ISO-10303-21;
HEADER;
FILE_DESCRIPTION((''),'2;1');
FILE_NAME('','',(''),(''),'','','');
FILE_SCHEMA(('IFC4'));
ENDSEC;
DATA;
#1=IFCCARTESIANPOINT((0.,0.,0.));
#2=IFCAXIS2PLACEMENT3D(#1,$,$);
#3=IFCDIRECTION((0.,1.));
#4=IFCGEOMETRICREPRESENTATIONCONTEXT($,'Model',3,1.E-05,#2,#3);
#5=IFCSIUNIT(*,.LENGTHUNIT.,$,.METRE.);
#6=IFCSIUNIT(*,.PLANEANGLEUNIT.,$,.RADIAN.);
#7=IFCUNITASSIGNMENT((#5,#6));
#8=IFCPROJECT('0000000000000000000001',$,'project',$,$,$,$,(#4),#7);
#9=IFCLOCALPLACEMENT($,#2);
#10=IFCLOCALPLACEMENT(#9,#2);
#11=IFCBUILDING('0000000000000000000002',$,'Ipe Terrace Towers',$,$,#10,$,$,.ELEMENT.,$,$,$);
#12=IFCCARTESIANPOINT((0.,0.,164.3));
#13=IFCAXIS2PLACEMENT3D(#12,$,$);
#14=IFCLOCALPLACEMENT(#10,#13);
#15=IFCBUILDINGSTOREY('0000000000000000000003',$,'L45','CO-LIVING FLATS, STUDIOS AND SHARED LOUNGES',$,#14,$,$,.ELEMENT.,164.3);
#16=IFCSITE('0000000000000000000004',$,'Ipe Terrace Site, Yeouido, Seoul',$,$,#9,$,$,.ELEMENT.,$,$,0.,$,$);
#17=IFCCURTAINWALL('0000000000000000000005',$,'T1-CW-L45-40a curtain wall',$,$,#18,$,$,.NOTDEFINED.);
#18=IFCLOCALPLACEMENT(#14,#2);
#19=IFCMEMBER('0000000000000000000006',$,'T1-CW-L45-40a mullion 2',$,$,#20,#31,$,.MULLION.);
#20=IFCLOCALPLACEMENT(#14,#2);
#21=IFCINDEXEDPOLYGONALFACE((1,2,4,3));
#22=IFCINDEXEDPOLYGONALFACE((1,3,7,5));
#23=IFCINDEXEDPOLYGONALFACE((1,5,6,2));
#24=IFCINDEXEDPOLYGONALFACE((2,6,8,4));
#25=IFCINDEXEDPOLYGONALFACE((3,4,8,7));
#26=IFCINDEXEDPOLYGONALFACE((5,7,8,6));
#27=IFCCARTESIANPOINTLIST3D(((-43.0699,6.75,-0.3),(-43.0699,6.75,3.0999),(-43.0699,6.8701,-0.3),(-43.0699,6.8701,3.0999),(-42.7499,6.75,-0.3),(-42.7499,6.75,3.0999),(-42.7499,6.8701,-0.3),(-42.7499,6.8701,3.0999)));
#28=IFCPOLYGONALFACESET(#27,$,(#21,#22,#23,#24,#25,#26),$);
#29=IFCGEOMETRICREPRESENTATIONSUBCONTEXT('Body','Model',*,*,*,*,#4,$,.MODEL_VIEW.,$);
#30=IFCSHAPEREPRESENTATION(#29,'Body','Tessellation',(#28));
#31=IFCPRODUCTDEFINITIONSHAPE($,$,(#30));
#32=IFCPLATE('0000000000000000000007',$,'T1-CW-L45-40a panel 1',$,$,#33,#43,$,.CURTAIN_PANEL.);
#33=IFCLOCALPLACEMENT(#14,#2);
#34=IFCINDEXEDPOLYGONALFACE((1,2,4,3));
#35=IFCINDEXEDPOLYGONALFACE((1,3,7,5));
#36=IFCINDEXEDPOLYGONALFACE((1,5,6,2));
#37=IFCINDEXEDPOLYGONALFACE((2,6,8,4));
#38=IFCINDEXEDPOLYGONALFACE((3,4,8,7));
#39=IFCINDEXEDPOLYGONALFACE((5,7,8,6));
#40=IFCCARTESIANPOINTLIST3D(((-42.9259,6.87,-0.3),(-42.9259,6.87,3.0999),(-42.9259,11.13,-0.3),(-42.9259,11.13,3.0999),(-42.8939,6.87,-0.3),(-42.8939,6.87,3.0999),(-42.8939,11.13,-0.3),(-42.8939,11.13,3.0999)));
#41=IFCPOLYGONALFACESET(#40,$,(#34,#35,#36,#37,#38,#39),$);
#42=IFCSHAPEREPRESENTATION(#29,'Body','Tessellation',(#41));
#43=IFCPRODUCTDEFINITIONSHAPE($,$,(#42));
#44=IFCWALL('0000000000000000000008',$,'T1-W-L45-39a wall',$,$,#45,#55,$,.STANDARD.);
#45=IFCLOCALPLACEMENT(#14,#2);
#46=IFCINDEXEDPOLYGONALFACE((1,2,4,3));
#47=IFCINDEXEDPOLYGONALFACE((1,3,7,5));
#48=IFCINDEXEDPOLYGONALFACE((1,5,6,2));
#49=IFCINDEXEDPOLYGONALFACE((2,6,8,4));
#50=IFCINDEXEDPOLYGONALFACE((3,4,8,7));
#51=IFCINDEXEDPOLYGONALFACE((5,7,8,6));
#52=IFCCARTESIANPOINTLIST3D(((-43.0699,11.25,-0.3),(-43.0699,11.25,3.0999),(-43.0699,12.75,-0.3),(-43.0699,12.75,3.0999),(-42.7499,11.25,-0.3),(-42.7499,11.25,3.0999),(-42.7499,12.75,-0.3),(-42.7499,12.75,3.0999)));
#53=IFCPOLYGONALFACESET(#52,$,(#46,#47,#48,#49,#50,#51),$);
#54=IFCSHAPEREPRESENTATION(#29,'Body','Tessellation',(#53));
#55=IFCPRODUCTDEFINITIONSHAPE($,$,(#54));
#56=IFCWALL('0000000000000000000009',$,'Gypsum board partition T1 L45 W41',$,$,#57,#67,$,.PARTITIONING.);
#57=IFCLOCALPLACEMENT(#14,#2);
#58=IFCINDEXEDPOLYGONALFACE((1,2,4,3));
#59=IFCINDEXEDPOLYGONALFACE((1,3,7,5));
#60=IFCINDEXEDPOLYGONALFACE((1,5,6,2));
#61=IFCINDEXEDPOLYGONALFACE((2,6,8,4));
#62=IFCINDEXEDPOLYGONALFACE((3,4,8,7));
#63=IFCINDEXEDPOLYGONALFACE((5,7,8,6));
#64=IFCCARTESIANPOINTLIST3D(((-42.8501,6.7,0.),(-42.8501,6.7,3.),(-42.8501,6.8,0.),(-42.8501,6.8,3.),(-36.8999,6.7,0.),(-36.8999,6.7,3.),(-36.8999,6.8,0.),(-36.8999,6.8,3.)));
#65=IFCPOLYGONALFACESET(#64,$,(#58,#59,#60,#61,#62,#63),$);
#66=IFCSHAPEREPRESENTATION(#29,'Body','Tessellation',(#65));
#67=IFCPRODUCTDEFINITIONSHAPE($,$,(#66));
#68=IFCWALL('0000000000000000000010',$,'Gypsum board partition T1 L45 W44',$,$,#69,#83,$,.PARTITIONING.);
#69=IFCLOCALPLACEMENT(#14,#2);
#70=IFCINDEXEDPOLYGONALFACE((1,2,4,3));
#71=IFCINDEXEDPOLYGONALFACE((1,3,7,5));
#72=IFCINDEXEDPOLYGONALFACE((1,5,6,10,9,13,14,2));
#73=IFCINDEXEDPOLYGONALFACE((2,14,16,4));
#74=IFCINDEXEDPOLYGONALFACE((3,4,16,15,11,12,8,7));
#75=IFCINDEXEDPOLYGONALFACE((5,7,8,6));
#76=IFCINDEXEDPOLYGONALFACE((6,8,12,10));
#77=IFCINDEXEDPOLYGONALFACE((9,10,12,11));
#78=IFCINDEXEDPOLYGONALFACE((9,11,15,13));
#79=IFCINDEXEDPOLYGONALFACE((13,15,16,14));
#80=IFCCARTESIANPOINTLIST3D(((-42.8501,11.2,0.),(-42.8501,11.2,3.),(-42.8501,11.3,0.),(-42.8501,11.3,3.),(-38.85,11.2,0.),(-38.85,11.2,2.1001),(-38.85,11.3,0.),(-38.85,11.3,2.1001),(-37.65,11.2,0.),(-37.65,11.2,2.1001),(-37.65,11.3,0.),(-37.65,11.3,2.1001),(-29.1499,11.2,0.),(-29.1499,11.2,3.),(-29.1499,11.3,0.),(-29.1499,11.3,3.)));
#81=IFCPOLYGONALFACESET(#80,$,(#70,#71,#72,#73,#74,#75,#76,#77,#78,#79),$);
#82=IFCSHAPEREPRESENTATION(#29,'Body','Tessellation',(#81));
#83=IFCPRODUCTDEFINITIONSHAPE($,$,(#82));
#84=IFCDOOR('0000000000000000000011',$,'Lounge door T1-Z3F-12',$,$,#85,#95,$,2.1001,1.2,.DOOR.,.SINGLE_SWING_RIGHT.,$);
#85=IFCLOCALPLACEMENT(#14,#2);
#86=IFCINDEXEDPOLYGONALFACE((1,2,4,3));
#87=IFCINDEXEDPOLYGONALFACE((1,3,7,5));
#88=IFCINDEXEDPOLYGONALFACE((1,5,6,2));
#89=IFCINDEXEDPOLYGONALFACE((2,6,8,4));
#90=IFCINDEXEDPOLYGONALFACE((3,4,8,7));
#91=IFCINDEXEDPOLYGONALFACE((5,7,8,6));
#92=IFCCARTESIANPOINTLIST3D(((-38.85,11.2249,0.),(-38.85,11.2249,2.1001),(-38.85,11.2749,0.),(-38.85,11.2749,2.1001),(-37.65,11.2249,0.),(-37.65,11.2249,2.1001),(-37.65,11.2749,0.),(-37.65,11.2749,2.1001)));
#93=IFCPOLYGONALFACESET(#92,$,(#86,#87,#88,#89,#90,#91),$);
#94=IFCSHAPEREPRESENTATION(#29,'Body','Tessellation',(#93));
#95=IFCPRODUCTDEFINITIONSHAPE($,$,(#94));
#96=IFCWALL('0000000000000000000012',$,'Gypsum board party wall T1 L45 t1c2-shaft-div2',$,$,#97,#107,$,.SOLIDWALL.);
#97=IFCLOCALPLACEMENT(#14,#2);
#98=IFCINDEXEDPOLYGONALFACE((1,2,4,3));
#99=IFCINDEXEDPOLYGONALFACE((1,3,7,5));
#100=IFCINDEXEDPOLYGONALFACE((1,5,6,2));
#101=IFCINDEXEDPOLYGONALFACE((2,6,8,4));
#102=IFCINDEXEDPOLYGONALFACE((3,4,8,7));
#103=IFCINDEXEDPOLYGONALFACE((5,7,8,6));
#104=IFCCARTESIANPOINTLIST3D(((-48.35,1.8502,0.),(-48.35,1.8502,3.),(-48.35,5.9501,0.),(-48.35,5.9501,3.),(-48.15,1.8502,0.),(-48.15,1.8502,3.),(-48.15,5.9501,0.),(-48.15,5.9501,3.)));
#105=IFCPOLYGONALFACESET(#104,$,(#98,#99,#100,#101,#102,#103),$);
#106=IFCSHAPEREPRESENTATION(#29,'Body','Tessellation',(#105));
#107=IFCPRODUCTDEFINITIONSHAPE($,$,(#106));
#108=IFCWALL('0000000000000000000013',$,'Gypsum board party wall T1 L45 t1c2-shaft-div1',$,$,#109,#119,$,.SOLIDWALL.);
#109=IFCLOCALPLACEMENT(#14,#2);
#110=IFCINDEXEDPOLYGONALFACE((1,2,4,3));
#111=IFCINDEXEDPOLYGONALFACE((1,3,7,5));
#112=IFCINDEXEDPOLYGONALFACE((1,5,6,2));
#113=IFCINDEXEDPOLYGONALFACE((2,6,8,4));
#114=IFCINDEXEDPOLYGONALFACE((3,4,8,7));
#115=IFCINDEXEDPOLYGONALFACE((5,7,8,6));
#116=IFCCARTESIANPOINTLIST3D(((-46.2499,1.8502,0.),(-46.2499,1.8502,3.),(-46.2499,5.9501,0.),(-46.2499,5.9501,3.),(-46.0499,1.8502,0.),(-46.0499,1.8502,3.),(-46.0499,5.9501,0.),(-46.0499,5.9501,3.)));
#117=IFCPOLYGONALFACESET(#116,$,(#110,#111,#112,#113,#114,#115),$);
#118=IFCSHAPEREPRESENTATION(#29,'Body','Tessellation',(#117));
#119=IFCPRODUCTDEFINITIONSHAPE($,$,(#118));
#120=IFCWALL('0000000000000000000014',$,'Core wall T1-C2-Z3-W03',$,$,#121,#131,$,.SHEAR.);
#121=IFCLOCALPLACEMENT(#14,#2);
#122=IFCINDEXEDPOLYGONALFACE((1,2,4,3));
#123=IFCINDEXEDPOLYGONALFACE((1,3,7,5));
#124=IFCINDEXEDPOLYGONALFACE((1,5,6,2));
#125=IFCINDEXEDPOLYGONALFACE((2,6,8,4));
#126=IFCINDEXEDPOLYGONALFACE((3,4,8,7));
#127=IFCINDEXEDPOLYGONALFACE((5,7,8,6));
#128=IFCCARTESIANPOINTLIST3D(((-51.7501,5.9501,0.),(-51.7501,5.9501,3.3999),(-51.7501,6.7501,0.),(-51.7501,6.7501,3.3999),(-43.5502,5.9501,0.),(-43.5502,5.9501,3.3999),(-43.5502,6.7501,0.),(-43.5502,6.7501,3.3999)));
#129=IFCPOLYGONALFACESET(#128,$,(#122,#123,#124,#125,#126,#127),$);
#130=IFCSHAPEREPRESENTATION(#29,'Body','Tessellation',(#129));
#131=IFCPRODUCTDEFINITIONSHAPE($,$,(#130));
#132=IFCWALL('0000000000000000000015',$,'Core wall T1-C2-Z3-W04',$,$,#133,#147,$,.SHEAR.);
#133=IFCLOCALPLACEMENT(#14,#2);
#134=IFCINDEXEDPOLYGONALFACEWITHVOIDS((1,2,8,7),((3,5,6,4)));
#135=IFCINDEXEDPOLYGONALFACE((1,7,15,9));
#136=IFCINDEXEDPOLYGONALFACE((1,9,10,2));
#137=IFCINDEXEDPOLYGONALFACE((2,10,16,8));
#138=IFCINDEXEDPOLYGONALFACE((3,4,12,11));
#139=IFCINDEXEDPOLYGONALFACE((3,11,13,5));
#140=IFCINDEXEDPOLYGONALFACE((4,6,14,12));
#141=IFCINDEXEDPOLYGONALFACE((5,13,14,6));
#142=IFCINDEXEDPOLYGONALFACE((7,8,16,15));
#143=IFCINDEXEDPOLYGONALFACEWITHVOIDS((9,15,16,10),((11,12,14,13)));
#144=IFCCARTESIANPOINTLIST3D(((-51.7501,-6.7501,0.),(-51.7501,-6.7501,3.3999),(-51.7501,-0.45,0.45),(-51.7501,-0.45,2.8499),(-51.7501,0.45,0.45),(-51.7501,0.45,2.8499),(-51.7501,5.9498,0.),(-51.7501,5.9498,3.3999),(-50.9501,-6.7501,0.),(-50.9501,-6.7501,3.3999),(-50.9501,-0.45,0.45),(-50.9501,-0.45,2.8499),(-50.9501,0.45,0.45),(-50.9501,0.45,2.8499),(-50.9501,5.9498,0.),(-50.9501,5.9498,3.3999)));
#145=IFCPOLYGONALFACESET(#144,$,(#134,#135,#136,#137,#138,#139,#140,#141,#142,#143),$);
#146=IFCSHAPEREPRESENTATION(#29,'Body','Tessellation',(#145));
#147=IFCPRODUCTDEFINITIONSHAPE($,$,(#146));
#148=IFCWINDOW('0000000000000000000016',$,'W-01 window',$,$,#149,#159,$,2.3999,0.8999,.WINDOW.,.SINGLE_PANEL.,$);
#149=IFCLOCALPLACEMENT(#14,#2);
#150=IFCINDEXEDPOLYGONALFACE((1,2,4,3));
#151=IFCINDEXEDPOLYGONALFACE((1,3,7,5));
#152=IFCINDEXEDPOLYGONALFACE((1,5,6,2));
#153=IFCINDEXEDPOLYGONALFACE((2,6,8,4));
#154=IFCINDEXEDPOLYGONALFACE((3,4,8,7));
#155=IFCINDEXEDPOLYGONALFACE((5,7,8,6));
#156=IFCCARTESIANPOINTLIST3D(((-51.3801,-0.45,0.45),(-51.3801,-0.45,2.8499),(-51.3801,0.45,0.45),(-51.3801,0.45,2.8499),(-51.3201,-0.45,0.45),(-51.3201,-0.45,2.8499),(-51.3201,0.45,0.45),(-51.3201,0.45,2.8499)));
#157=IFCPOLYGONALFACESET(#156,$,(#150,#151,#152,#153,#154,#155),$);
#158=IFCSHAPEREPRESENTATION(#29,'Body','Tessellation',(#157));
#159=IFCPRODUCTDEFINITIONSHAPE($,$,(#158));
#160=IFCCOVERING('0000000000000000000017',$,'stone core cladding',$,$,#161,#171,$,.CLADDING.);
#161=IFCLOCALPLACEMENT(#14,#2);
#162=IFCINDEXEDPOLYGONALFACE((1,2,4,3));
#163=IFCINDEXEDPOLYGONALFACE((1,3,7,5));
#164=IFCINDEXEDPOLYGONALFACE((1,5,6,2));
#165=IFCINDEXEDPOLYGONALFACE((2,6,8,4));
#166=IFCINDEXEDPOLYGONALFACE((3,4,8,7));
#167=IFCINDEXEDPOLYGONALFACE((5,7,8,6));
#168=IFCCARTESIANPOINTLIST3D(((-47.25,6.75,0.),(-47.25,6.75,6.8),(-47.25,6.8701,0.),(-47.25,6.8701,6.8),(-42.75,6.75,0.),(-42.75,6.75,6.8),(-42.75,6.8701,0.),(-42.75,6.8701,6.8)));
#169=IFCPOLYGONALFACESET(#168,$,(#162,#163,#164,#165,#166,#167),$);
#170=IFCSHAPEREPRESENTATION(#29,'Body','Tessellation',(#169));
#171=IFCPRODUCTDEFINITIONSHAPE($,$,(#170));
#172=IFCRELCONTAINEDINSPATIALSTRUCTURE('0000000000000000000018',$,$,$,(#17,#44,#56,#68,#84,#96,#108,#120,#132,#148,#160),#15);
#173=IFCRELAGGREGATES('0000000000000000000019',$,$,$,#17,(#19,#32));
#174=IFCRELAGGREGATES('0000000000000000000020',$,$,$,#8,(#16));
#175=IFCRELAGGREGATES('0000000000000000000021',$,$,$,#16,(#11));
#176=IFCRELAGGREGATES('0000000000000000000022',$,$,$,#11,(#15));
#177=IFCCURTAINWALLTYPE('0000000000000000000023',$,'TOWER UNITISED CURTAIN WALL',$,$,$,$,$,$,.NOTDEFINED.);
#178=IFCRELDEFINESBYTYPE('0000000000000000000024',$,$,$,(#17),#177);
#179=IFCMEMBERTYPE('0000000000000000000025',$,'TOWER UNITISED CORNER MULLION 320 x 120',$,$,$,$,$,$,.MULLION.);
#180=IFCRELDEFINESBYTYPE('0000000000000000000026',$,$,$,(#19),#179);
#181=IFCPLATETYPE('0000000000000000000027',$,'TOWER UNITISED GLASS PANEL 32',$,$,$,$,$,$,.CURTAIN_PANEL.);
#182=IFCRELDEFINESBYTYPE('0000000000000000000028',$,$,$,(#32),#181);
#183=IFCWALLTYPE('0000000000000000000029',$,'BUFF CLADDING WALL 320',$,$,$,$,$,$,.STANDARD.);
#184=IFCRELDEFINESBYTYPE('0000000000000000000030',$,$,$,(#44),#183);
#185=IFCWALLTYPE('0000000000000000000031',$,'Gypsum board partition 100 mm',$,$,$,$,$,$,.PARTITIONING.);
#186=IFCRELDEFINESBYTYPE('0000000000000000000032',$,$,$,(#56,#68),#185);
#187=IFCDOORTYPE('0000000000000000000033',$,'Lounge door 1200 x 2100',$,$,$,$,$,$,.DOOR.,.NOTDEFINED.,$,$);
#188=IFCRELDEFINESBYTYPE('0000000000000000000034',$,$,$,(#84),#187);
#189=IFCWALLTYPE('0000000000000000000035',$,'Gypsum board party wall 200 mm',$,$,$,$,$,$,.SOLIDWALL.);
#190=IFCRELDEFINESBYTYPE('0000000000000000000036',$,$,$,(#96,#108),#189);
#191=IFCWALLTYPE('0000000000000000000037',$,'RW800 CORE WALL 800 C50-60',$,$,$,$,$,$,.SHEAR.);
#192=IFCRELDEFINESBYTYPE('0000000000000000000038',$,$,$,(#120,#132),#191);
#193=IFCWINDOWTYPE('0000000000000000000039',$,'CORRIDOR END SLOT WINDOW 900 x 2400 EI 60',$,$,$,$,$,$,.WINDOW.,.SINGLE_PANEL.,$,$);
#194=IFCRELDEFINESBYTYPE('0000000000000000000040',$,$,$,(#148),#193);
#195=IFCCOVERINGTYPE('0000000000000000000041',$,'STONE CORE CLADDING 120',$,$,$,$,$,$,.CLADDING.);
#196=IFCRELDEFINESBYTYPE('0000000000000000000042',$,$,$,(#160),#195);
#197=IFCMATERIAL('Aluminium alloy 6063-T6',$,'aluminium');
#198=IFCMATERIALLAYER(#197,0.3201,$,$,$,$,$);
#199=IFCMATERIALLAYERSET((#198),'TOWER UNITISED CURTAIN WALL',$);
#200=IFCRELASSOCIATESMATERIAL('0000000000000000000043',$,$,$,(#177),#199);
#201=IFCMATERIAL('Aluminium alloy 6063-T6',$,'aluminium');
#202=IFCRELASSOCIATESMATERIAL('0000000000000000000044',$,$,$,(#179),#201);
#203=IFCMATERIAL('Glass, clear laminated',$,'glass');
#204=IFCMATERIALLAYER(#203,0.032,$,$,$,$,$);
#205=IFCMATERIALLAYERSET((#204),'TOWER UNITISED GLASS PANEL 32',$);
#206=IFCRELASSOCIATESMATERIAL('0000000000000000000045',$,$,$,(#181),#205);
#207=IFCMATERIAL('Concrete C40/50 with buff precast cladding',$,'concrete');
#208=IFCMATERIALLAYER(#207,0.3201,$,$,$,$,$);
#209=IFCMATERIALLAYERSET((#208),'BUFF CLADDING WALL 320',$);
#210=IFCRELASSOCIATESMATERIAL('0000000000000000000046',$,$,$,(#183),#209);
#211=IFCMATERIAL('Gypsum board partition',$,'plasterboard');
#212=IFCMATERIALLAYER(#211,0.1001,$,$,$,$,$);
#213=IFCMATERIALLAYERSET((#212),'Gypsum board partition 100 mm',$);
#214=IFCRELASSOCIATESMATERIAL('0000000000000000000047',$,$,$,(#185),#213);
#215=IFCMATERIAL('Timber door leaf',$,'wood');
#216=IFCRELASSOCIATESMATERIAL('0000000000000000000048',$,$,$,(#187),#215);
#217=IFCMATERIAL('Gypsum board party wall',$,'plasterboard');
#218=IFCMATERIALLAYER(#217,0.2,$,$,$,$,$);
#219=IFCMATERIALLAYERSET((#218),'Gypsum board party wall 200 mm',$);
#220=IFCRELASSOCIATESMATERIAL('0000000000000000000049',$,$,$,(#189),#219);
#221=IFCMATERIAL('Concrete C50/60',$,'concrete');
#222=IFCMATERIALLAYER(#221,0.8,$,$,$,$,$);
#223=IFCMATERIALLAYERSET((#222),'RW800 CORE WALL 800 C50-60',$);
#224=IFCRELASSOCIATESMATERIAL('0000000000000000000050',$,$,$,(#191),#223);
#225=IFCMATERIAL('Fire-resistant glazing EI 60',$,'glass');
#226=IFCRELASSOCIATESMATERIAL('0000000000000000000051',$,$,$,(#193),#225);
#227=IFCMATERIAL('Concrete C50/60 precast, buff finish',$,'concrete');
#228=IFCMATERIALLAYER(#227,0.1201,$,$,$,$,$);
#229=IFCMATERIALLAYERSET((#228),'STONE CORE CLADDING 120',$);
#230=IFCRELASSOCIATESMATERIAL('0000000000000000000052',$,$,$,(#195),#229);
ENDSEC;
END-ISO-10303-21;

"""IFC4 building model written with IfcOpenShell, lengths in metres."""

from ifc_helpers import new_model, si_unit, direction, frame, frame_2d, origin, origin_2d, place, context, subcontext, project, spatial, rectangle, extrude, material, layer, layer_set, material_profile, profile_set, type_object, element, fill, aggregate, save


model = new_model("IFC4")

# Units and contexts
model_context = context("Model", 3, precision=1e-05, world=origin(), true_north=direction((0.0, 1.0)))
body_context = subcontext(model_context, "Body", "Model", "MODEL_VIEW")
ifc_project = project(units=[si_unit("LENGTHUNIT", "METRE"), si_unit("PLANEANGLEUNIT", "RADIAN")], contexts=[model_context])

# Site, building, storey
site_placement = place(None, origin())
site = spatial("IfcSite", under=ifc_project, at=site_placement, Name="Ipe Terrace Site, Yeouido, Seoul", CompositionType="ELEMENT", RefElevation=0.0)
building_placement = place(site_placement, origin())
building = spatial("IfcBuilding", under=site, at=building_placement, Name="Ipe Terrace Towers", CompositionType="ELEMENT")
storey_placement = place(building_placement, frame((0.0, 0.0, 164.3)))
storey = spatial("IfcBuildingStorey", under=building, at=storey_placement, Name="L45", Description="CO-LIVING FLATS, STUDIOS AND SHARED LOUNGES", CompositionType="ELEMENT", Elevation=164.3)

# Curtain wall, member, plate
ifc_material_1 = material(Name="Aluminium alloy 6063-T6", Category="aluminium")
ifc_layer_1 = layer(ifc_material_1, 0.3201)
ifc_layer_set_1 = layer_set([ifc_layer_1], Name="TOWER UNITISED CURTAIN WALL")
curtain_wall_type = type_object("IfcCurtainWallType", Name="TOWER UNITISED CURTAIN WALL", PredefinedType="NOTDEFINED", material=ifc_layer_set_1)
curtain_wall_placement = place(storey_placement, origin())
curtain_wall = element("IfcCurtainWall", 1, at=curtain_wall_placement, inside=storey, type_object=curtain_wall_type, Name="T1-CW-L45-40a curtain wall", PredefinedType="NOTDEFINED")
ifc_material_2 = material(Name="Aluminium alloy 6063-T6", Category="aluminium")
ifc_material_profile_1 = material_profile(ifc_material_2, rectangle(XDim=0.3201, YDim=0.1201, at=origin_2d()), Name="TOWER UNITISED CORNER MULLION 320 x 120")
ifc_profile_set_1 = profile_set([ifc_material_profile_1], Name="Aluminium alloy 6063-T6")
member_type = type_object("IfcMemberType", Name="TOWER UNITISED CORNER MULLION 320 x 120", PredefinedType="MULLION", material=ifc_profile_set_1)
member_1_placement = place(storey_placement, frame((-42.9099, 6.8101, -0.3), z_axis=(0.0, 0.0, 1.0), x_axis=(-1.0, 0.0, 0.0)))
member_1 = element("IfcMember", 2, at=member_1_placement, type_object=member_type, Name="T1-CW-L45-40a mullion 2", PredefinedType="MULLION", context=body_context, shape_type="SweptSolid", body=[
    extrude(rectangle(XDim=0.3201, YDim=0.1201, at=origin_2d()), origin(), (0.0, 0.0, 1.0), 3.3999),
])
ifc_material_3 = material(Name="Glass, clear laminated", Category="glass")
ifc_layer_2 = layer(ifc_material_3, 0.032)
ifc_layer_set_2 = layer_set([ifc_layer_2], Name="TOWER UNITISED GLASS PANEL 32")
plate_type = type_object("IfcPlateType", Name="TOWER UNITISED GLASS PANEL 32", PredefinedType="CURTAIN_PANEL", material=ifc_layer_set_2)
plate_placement = place(storey_placement, frame((-42.9099, 9.0, -0.3), z_axis=(0.0, 0.0, 1.0), x_axis=(0.0, -1.0, 0.0)))
plate = element("IfcPlate", 3, at=plate_placement, type_object=plate_type, Name="T1-CW-L45-40a panel 1", PredefinedType="CURTAIN_PANEL", context=body_context, shape_type="SweptSolid", body=[
    extrude(rectangle(XDim=4.26, YDim=0.032, at=origin_2d()), origin(), (0.0, 0.0, 1.0), 3.3999),
])
aggregate(curtain_wall, [member_1, plate])

# Walls
ifc_material_4 = material(Name="Concrete C40/50 with buff precast cladding", Category="concrete")
ifc_layer_3 = layer(ifc_material_4, 0.3201)
ifc_layer_set_3 = layer_set([ifc_layer_3], Name="BUFF CLADDING WALL 320")
wall_type_1 = type_object("IfcWallType", Name="BUFF CLADDING WALL 320", PredefinedType="STANDARD", material=ifc_layer_set_3)
wall_1_placement = place(storey_placement, frame((-42.9099, 12.75, -0.3), z_axis=(0.0, 0.0, 1.0), x_axis=(0.0, -1.0, 0.0)))
element("IfcWall", 4, at=wall_1_placement, inside=storey, type_object=wall_type_1, Name="T1-W-L45-39a wall", PredefinedType="STANDARD", context=body_context, shape_type="SweptSolid", body=[
    extrude(rectangle(XDim=1.5, YDim=0.3201, at=frame_2d((0.75, 0.0))), origin(), (0.0, 0.0, 1.0), 3.3999),
])
ifc_material_5 = material(Name="Gypsum board partition", Category="plasterboard")
ifc_layer_4 = layer(ifc_material_5, 0.1001)
ifc_layer_set_4 = layer_set([ifc_layer_4], Name="Gypsum board partition 100 mm")
wall_type_2 = type_object("IfcWallType", Name="Gypsum board partition 100 mm", PredefinedType="PARTITIONING", material=ifc_layer_set_4)
wall_2_placement = place(storey_placement, frame((-42.8501, 6.75, 0.0), z_axis=(0.0, 0.0, 1.0), x_axis=(1.0, 0.0, 0.0)))
element("IfcWall", 5, at=wall_2_placement, inside=storey, type_object=wall_type_2, Name="Gypsum board partition T1 L45 W41", PredefinedType="PARTITIONING", context=body_context, shape_type="SweptSolid", body=[
    extrude(rectangle(XDim=5.9502, YDim=0.1001, at=frame_2d((2.9751, 0.0))), origin(), (0.0, 0.0, 1.0), 3.0),
])

# Wall, opening, door
wall_3_placement = place(storey_placement, frame((-42.8501, 11.25, 0.0), z_axis=(0.0, 0.0, 1.0), x_axis=(1.0, 0.0, 0.0)))
wall_3 = element("IfcWall", 6, at=wall_3_placement, inside=storey, type_object=wall_type_2, Name="Gypsum board partition T1 L45 W44", PredefinedType="PARTITIONING", context=body_context, shape_type="SweptSolid", body=[
    extrude(rectangle(XDim=13.7002, YDim=0.1001, at=frame_2d((6.8501, 0.0))), origin(), (0.0, 0.0, 1.0), 3.0),
])
opening_1_placement = place(wall_3_placement, frame((4.0, 0.0, 0.0)))
opening_1 = element("IfcOpeningElement", 7, at=opening_1_placement, cuts=wall_3, PredefinedType="OPENING", context=body_context, shape_type="SweptSolid", body=[
    extrude(rectangle(XDim=1.2, YDim=2.1001, at=frame_2d((0.6001, 1.05))), frame((0.0, 0.0601, 0.0), z_axis=(0.0, -1.0, 0.0), x_axis=(1.0, 0.0, 0.0)), (0.0, 0.0, 1.0), 0.1201),
])
ifc_material_6 = material(Name="Timber door leaf", Category="wood")
door_type = type_object("IfcDoorType", Name="Lounge door 1200 x 2100", OperationType="NOTDEFINED", PredefinedType="DOOR", material=ifc_material_6)
door_placement = place(opening_1_placement, origin())
door = element("IfcDoor", 8, at=door_placement, inside=storey, type_object=door_type, Name="Lounge door T1-Z3F-12", OperationType="SINGLE_SWING_RIGHT", OverallHeight=2.1001, OverallWidth=1.2, PredefinedType="DOOR", context=body_context, shape_type="SweptSolid", body=[
    extrude(rectangle(XDim=1.2, YDim=2.1001, at=frame_2d((0.6001, 1.05))), frame((0.0, 0.0249, 0.0), z_axis=(0.0, -1.0, 0.0), x_axis=(1.0, 0.0, 0.0)), (0.0, 0.0, 1.0), 0.05),
])
fill(opening_1, door)

# Walls
ifc_material_7 = material(Name="Gypsum board party wall", Category="plasterboard")
ifc_layer_5 = layer(ifc_material_7, 0.2)
ifc_layer_set_5 = layer_set([ifc_layer_5], Name="Gypsum board party wall 200 mm")
wall_type_3 = type_object("IfcWallType", Name="Gypsum board party wall 200 mm", PredefinedType="SOLIDWALL", material=ifc_layer_set_5)
for number, where, z_axis, x_axis, name in (
    (9, (-48.25, 5.95, 0.0), (0.0, 0.0, 1.0), (0.0, -1.0, 0.0), "Gypsum board party wall T1 L45 t1c2-shaft-div2"),
    (10, (-46.1499, 5.95, 0.0), (0.0, 0.0, 1.0), (0.0, -1.0, 0.0), "Gypsum board party wall T1 L45 t1c2-shaft-div1"),
):
    element("IfcWall", number, at=place(storey_placement, frame(where, z_axis=z_axis, x_axis=x_axis)), inside=storey, type_object=wall_type_3, Name=name, PredefinedType="SOLIDWALL", context=body_context, shape_type="SweptSolid", body=[
        extrude(rectangle(XDim=4.0999, YDim=0.2, at=frame_2d((2.0498, 0.0))), origin(), (0.0, 0.0, 1.0), 3.0),
    ])
ifc_material_8 = material(Name="Concrete C50/60", Category="concrete")
ifc_layer_6 = layer(ifc_material_8, 0.8)
ifc_layer_set_6 = layer_set([ifc_layer_6], Name="RW800 CORE WALL 800 C50-60")
wall_type_4 = type_object("IfcWallType", Name="RW800 CORE WALL 800 C50-60", PredefinedType="SHEAR", material=ifc_layer_set_6)
wall_4_placement = place(storey_placement, frame((-43.55, 6.3501, 0.0), z_axis=(0.0, 0.0, 1.0), x_axis=(-1.0, 0.0, 0.0)))
element("IfcWall", 11, at=wall_4_placement, inside=storey, type_object=wall_type_4, Name="Core wall T1-C2-Z3-W03", PredefinedType="SHEAR", context=body_context, shape_type="SweptSolid", body=[
    extrude(rectangle(XDim=8.2, YDim=0.8, at=frame_2d((4.1001, 0.0))), origin(), (0.0, 0.0, 1.0), 3.3999),
])

# Wall, opening, window
wall_5_placement = place(storey_placement, frame((-51.3501, 5.95, 0.0), z_axis=(0.0, 0.0, 1.0), x_axis=(0.0, -1.0, 0.0)))
wall_5 = element("IfcWall", 12, at=wall_5_placement, inside=storey, type_object=wall_type_4, Name="Core wall T1-C2-Z3-W04", PredefinedType="SHEAR", context=body_context, shape_type="SweptSolid", body=[
    extrude(rectangle(XDim=12.7, YDim=0.8, at=frame_2d((6.3501, 0.0))), origin(), (0.0, 0.0, 1.0), 3.3999),
])
opening_2_placement = place(wall_5_placement, frame((5.5, 0.0, 0.45)))
opening_2 = element("IfcOpeningElement", 13, at=opening_2_placement, cuts=wall_5, PredefinedType="OPENING", context=body_context, shape_type="SweptSolid", body=[
    extrude(rectangle(XDim=0.8999, YDim=2.3999, at=frame_2d((0.45, 1.2))), frame((0.0, 0.4102, 0.0), z_axis=(0.0, -1.0, 0.0), x_axis=(1.0, 0.0, 0.0)), (0.0, 0.0, 1.0), 0.8201),
])
ifc_material_9 = material(Name="Fire-resistant glazing EI 60", Category="glass")
window_type = type_object("IfcWindowType", Name="CORRIDOR END SLOT WINDOW 900 x 2400 EI 60", PartitioningType="SINGLE_PANEL", PredefinedType="WINDOW", material=ifc_material_9)
window_placement = place(opening_2_placement, origin())
window = element("IfcWindow", 14, at=window_placement, inside=storey, type_object=window_type, Name="W-01 window", OverallHeight=2.3999, OverallWidth=0.8999, PartitioningType="SINGLE_PANEL", PredefinedType="WINDOW", context=body_context, shape_type="SweptSolid", body=[
    extrude(rectangle(XDim=0.8999, YDim=2.3999, at=frame_2d((0.45, 1.2))), frame((0.0, 0.03, 0.0), z_axis=(0.0, -1.0, 0.0), x_axis=(1.0, 0.0, 0.0)), (0.0, 0.0, 1.0), 0.0601),
])
fill(opening_2, window)

# Covering
ifc_material_10 = material(Name="Concrete C50/60 precast, buff finish", Category="concrete")
ifc_layer_7 = layer(ifc_material_10, 0.1201)
ifc_layer_set_7 = layer_set([ifc_layer_7], Name="STONE CORE CLADDING 120")
covering_type = type_object("IfcCoveringType", Name="STONE CORE CLADDING 120", PredefinedType="CLADDING", material=ifc_layer_set_7)
covering_placement = place(storey_placement, frame((-45.0, 6.8101, 0.0), z_axis=(0.0, 0.0, 1.0), x_axis=(-1.0, 0.0, 0.0)))
element("IfcCovering", 15, at=covering_placement, inside=storey, type_object=covering_type, Name="stone core cladding", PredefinedType="CLADDING", context=body_context, shape_type="SweptSolid", body=[
    extrude(rectangle(XDim=4.5, YDim=0.1201, at=origin_2d()), origin(), (0.0, 0.0, 1.0), 6.8),
])

save(model, "model.ifc")
